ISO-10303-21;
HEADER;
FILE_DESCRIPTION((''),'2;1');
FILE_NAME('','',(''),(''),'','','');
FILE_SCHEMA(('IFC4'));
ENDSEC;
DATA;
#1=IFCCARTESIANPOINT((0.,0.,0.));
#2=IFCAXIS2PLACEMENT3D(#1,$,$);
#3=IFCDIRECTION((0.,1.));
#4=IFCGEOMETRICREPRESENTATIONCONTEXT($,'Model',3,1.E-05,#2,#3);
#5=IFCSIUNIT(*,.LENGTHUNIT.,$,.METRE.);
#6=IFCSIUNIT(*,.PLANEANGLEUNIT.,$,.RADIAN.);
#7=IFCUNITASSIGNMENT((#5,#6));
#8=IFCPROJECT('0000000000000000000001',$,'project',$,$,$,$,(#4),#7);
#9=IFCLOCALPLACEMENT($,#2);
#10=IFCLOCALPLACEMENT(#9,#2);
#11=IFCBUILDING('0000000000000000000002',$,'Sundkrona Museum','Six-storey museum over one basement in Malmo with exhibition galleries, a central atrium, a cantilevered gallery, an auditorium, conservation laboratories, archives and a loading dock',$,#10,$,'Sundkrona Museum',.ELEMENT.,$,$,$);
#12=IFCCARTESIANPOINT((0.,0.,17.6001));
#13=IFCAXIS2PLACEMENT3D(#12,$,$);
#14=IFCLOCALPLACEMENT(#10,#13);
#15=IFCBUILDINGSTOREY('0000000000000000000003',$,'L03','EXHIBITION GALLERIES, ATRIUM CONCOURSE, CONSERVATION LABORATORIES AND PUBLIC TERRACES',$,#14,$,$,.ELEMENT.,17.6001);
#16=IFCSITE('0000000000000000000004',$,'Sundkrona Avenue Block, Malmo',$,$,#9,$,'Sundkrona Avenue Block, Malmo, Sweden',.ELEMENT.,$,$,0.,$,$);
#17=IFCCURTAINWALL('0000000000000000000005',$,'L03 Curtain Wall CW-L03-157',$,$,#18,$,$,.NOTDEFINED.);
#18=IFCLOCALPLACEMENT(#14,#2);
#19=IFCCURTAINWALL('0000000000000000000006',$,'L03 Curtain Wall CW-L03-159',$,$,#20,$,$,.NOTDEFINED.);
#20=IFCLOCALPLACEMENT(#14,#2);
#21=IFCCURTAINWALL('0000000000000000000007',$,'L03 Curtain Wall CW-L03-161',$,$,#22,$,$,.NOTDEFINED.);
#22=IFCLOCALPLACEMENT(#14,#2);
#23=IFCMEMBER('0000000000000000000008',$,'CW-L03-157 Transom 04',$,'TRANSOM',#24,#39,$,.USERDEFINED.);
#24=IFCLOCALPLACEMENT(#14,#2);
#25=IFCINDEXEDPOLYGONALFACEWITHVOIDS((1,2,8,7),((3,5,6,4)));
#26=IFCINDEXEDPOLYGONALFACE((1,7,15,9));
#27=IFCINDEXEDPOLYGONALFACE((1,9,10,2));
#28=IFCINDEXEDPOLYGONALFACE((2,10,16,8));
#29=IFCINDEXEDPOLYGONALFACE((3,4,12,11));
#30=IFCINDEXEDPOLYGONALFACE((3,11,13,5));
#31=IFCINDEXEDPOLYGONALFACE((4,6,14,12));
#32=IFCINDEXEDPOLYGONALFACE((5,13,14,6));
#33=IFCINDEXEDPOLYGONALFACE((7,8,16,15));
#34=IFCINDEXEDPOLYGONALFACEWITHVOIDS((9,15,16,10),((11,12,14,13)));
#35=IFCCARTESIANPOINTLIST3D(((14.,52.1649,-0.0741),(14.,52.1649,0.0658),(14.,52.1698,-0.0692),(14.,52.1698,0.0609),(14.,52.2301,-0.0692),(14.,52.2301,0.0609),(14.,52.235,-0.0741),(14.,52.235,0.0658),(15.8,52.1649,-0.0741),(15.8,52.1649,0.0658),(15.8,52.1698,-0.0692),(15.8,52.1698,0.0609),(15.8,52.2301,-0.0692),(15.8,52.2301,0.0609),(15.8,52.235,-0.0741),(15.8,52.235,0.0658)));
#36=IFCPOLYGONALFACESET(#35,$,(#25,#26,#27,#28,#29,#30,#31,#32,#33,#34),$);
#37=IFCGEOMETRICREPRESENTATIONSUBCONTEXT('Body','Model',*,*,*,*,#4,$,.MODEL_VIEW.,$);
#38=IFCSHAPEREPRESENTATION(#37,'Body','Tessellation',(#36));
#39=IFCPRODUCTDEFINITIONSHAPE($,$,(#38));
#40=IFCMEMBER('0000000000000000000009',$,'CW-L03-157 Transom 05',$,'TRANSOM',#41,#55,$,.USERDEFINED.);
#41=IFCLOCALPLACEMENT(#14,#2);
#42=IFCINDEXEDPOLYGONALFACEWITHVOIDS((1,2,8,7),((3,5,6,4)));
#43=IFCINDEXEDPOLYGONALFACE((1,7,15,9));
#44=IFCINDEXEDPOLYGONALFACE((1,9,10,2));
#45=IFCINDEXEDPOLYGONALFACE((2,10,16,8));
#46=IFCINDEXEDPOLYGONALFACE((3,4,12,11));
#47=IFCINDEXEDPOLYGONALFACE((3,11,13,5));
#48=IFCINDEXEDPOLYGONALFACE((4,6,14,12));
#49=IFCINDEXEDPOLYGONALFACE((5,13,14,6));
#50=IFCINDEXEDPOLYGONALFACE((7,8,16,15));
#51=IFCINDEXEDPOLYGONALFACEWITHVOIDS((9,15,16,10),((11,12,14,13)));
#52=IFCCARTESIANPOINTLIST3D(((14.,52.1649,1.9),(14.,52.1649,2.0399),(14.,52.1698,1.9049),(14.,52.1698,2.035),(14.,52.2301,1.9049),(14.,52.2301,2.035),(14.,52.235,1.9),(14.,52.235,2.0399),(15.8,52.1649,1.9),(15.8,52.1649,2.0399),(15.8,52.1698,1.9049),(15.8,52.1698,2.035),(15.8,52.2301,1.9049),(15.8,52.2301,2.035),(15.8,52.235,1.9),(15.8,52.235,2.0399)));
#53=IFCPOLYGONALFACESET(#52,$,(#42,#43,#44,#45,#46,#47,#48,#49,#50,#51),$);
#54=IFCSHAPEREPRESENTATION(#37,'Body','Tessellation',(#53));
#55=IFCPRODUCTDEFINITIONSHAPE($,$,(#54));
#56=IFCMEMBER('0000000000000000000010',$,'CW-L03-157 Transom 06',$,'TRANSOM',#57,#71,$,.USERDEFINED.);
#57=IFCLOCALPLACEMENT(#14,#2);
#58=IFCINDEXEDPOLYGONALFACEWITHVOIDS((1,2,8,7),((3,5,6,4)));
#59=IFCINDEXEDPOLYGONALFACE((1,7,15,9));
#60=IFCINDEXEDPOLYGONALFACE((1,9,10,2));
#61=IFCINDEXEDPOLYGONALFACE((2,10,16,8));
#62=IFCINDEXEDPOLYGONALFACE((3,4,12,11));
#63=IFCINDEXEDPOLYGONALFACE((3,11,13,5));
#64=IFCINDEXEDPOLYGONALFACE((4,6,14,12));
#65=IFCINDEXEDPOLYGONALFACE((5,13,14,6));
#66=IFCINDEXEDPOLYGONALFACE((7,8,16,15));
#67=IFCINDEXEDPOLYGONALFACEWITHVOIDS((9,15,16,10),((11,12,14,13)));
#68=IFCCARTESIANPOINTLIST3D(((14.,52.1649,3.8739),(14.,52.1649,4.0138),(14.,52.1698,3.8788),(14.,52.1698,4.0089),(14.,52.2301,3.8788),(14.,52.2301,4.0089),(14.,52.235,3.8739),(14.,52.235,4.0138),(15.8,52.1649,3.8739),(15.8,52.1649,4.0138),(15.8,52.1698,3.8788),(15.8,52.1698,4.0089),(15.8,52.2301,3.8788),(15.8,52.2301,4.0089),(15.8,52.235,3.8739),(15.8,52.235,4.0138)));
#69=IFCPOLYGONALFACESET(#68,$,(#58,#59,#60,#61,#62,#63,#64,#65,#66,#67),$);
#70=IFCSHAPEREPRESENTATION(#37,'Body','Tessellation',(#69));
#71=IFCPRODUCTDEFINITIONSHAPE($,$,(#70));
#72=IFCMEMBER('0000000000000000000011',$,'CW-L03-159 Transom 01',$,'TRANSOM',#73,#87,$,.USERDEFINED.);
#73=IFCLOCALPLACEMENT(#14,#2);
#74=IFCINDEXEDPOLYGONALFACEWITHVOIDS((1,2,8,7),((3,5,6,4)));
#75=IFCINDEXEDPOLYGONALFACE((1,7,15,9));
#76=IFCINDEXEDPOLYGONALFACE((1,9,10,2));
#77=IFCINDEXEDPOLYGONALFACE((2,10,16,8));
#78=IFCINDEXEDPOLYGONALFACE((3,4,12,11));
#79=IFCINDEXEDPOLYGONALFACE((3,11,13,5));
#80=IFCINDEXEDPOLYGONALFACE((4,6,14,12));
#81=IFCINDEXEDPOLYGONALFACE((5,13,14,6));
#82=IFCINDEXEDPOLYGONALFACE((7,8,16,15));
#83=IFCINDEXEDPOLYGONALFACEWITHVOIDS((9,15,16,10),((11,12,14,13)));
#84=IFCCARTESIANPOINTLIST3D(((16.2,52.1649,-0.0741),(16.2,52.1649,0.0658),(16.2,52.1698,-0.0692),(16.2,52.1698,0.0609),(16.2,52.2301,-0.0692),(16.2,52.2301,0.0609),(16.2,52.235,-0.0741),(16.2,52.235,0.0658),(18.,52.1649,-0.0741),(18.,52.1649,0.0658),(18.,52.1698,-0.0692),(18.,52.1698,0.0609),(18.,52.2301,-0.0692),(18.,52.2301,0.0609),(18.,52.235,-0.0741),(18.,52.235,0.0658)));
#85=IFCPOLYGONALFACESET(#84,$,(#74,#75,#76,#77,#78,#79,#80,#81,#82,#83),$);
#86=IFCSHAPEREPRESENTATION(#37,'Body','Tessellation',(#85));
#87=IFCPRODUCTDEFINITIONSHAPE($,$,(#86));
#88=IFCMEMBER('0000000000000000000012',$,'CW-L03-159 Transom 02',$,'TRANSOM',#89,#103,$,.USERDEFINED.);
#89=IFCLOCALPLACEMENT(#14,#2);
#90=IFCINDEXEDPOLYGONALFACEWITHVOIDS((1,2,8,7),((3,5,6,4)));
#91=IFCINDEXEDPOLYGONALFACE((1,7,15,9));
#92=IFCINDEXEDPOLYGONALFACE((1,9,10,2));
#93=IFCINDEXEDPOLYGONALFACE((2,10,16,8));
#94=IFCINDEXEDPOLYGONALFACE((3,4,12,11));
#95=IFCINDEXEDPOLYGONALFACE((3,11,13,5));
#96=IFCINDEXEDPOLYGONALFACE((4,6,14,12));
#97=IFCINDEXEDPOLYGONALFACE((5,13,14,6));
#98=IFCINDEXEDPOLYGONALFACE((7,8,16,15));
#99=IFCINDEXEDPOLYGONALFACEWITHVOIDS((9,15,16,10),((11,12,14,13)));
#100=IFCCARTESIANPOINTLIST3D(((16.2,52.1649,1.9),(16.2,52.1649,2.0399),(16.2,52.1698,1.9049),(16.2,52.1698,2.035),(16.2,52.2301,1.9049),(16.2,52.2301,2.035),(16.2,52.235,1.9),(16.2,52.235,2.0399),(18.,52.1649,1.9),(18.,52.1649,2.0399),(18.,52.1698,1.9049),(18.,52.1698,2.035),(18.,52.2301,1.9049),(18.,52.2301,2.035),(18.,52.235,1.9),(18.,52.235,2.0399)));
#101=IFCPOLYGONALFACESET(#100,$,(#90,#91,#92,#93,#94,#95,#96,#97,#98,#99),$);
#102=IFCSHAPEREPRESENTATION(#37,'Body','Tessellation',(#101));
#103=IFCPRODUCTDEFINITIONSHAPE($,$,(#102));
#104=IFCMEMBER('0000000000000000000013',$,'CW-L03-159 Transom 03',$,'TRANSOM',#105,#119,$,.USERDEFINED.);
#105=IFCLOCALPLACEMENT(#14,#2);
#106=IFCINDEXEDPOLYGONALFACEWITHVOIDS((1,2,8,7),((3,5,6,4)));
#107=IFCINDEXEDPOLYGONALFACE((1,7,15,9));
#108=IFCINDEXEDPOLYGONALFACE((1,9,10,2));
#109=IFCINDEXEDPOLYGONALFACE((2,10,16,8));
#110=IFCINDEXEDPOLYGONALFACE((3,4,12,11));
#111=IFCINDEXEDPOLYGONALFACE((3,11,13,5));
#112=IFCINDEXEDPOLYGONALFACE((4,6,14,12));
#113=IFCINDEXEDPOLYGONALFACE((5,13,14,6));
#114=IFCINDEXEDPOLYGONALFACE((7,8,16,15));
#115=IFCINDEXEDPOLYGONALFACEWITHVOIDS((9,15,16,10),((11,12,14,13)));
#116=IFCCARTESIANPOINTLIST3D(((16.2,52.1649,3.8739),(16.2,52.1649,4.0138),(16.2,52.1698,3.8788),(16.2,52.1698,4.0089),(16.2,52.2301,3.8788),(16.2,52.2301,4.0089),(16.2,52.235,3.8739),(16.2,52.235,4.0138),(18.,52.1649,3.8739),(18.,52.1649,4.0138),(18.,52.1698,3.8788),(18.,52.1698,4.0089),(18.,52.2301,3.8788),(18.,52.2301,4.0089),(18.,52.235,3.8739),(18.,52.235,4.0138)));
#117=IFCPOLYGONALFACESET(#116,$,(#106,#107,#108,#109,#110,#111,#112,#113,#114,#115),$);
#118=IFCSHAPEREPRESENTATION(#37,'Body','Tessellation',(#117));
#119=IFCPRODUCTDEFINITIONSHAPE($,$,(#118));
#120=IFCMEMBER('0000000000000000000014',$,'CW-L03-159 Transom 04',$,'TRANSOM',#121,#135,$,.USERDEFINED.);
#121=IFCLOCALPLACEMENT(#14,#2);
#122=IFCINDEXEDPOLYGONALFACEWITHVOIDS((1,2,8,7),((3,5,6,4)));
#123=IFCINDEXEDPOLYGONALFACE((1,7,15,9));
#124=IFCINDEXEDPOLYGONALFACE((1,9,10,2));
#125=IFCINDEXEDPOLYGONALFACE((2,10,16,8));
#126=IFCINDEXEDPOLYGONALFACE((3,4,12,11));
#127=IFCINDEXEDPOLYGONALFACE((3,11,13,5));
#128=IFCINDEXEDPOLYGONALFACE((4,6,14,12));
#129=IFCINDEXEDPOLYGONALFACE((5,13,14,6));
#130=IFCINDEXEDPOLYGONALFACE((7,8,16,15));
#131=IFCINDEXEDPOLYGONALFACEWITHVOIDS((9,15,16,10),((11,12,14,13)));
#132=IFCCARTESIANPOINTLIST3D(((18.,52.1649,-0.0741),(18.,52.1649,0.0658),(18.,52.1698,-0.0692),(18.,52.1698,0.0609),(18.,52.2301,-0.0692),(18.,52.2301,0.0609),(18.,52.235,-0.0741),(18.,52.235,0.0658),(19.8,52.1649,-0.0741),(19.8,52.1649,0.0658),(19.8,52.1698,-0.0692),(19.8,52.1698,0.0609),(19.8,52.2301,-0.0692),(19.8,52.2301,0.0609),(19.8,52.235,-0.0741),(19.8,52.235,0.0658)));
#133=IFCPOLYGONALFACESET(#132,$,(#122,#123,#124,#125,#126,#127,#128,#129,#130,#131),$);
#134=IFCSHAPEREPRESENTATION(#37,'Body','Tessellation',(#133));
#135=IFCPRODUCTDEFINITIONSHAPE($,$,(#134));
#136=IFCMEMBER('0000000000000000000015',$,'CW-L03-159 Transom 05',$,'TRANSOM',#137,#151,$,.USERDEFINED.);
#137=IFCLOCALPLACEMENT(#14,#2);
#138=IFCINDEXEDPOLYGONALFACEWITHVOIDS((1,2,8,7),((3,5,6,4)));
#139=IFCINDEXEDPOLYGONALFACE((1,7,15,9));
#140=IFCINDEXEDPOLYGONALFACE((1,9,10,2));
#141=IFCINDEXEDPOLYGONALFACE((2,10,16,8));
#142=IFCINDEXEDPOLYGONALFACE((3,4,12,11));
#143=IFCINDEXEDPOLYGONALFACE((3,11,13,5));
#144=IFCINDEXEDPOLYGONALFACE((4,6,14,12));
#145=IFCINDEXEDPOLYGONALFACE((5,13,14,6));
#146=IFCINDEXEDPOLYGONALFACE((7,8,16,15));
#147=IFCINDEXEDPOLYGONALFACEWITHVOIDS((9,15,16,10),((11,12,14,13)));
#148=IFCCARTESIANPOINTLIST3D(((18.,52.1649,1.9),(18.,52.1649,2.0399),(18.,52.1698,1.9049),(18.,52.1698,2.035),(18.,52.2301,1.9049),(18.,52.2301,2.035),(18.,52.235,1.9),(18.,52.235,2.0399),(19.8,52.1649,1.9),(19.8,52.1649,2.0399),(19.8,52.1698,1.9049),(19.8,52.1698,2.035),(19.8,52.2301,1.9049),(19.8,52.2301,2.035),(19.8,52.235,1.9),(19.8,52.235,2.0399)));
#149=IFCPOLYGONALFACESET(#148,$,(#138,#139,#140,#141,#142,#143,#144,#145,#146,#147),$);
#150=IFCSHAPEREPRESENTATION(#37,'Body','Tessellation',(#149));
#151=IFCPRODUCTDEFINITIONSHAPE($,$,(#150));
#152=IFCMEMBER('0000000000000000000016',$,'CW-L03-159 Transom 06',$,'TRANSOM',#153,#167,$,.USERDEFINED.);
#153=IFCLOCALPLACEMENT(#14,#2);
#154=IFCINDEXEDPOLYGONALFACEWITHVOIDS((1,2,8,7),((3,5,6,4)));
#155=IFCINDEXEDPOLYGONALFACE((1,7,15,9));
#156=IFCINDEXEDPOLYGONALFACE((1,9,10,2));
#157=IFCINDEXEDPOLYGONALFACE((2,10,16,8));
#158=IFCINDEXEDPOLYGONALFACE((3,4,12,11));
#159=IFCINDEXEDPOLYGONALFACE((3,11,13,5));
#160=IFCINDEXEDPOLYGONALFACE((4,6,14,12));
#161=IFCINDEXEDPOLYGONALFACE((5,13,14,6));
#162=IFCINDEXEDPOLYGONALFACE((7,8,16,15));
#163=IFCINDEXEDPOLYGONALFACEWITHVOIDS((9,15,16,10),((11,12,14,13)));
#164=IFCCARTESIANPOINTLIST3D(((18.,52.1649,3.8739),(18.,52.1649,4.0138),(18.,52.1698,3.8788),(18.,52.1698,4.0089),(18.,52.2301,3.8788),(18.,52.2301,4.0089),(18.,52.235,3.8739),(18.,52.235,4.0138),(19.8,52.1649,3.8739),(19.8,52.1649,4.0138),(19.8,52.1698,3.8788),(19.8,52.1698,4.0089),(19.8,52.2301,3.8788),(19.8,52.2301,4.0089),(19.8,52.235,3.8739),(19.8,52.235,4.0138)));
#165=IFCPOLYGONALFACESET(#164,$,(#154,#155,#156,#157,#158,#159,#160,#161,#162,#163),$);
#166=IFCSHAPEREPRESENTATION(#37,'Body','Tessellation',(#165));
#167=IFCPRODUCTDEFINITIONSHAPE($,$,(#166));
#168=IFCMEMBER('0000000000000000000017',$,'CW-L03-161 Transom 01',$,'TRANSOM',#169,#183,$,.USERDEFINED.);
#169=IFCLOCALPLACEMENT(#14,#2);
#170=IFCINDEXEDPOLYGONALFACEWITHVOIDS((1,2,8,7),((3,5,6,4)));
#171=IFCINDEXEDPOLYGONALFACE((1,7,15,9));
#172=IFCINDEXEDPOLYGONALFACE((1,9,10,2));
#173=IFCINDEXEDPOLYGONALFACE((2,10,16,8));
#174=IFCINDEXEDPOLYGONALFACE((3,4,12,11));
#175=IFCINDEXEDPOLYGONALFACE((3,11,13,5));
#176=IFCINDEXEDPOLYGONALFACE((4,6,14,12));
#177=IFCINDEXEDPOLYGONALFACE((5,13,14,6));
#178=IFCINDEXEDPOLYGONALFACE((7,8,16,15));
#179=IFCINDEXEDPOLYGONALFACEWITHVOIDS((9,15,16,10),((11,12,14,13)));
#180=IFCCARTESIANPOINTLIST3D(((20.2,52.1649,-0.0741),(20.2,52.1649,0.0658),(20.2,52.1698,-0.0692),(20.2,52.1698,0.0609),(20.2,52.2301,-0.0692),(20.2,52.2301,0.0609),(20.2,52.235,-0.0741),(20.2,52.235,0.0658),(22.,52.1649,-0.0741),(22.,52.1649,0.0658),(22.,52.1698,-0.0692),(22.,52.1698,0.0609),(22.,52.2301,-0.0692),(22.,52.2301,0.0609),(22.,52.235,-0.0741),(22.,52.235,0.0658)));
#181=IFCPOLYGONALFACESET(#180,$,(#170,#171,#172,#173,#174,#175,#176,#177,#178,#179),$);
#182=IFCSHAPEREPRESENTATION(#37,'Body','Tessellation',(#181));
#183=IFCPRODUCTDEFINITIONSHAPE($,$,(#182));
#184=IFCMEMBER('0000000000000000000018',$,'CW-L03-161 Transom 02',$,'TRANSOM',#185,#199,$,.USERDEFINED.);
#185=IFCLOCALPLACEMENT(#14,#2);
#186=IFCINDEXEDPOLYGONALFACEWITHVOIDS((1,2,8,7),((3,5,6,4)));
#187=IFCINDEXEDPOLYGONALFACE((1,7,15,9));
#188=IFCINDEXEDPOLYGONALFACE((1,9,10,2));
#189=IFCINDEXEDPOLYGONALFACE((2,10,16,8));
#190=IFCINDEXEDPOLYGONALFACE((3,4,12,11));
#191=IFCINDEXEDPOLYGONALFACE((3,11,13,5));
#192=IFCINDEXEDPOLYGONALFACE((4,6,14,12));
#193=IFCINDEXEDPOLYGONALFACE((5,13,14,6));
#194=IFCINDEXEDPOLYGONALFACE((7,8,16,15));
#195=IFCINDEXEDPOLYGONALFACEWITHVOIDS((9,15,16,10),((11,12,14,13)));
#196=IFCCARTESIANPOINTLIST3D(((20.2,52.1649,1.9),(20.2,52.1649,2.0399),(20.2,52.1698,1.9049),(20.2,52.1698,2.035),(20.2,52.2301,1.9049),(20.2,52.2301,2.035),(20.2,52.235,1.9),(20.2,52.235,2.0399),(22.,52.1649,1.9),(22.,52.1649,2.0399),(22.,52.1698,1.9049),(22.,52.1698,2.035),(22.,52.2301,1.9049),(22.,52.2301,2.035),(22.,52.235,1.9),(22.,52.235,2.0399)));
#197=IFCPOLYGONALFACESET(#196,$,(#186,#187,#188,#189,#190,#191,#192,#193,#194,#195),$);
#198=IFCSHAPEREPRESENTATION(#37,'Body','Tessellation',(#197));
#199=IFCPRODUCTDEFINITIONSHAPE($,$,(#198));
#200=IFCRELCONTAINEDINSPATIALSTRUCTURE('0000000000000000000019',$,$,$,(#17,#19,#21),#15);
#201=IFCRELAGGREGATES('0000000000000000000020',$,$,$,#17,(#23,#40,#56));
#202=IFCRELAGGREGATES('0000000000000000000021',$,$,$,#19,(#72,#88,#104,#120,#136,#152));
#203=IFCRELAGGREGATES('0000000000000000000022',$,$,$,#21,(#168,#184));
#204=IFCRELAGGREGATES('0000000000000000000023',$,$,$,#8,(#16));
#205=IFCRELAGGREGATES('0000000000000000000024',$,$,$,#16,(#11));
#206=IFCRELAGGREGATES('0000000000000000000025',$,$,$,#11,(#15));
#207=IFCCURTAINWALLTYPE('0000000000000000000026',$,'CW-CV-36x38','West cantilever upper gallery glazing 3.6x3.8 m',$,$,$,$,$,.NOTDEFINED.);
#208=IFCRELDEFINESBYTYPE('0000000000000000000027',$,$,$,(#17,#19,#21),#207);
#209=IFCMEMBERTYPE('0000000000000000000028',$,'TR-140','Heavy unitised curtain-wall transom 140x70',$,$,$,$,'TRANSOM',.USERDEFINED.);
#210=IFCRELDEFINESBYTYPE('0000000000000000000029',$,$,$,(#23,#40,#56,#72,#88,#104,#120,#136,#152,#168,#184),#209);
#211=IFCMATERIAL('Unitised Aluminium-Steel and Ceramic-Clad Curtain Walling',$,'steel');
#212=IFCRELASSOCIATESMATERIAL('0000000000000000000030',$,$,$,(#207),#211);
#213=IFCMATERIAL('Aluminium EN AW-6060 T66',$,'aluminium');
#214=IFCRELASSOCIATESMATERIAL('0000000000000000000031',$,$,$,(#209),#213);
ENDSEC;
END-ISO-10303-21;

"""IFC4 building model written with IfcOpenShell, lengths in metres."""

from ifc_helpers import new_model, si_unit, direction, frame, origin, origin_2d, place, context, subcontext, project, spatial, hollow_rectangle, extrude, material, material_profile, profile_set, type_object, element, aggregate, save


model = new_model("IFC4")

# Units and contexts
model_context = context("Model", 3, precision=1e-05, world=origin(), true_north=direction((0.0, 1.0)))
body_context = subcontext(model_context, "Body", "Model", "MODEL_VIEW")
ifc_project = project(units=[si_unit("LENGTHUNIT", "METRE"), si_unit("PLANEANGLEUNIT", "RADIAN")], contexts=[model_context])

# Site, building, storey
site_placement = place(None, origin())
site = spatial("IfcSite", under=ifc_project, at=site_placement, Name="Sundkrona Avenue Block, Malmo", LongName="Sundkrona Avenue Block, Malmo, Sweden", CompositionType="ELEMENT", RefElevation=0.0)
building_placement = place(site_placement, origin())
building = spatial("IfcBuilding", under=site, at=building_placement, Name="Sundkrona Museum", Description="Six-storey museum over one basement in Malmo with exhibition galleries, a central atrium, a cantilevered gallery, an auditorium, conservation laboratories, archives and a loading dock", LongName="Sundkrona Museum", CompositionType="ELEMENT")
storey_placement = place(building_placement, frame((0.0, 0.0, 17.6001)))
storey = spatial("IfcBuildingStorey", under=building, at=storey_placement, Name="L03", Description="EXHIBITION GALLERIES, ATRIUM CONCOURSE, CONSERVATION LABORATORIES AND PUBLIC TERRACES", CompositionType="ELEMENT", Elevation=17.6001)

# Shared definitions
ifc_material_1 = material(Name="Unitised Aluminium-Steel and Ceramic-Clad Curtain Walling", Category="steel")
curtain_wall_type = type_object("IfcCurtainWallType", Name="CW-CV-36x38", Description="West cantilever upper gallery glazing 3.6x3.8 m", PredefinedType="NOTDEFINED", material=ifc_material_1)
ifc_material_2 = material(Name="Aluminium EN AW-6060 T66", Category="aluminium")

# Curtain walls
curtain_wall_1_placement = place(storey_placement, origin())
curtain_wall_1 = element("IfcCurtainWall", 1, at=curtain_wall_1_placement, inside=storey, type_object=curtain_wall_type, Name="L03 Curtain Wall CW-L03-157", PredefinedType="NOTDEFINED")
curtain_wall_2_placement = place(storey_placement, origin())
curtain_wall_2 = element("IfcCurtainWall", 2, at=curtain_wall_2_placement, inside=storey, type_object=curtain_wall_type, Name="L03 Curtain Wall CW-L03-159", PredefinedType="NOTDEFINED")

# Curtain wall
curtain_wall_3_placement = place(storey_placement, origin())
curtain_wall_3 = element("IfcCurtainWall", 3, at=curtain_wall_3_placement, inside=storey, type_object=curtain_wall_type, Name="L03 Curtain Wall CW-L03-161", PredefinedType="NOTDEFINED")

# Members
ifc_material_profile_1 = material_profile(ifc_material_2, hollow_rectangle(XDim=0.0701, YDim=0.1399, WallThickness=0.0049, at=origin_2d()), Name="RHS 140x70x5.0")
ifc_profile_set_1 = profile_set([ifc_material_profile_1], Name="Aluminium EN AW-6060 T66")
member_type_1 = type_object("IfcMemberType", Name="TR-140", Description="Heavy unitised curtain-wall transom 140x70", ElementType="TRANSOM", PredefinedType="USERDEFINED", material=ifc_profile_set_1)
member_1_placement = place(storey_placement, frame((14.0, 52.2, -0.0042), z_axis=(1.0, 0.0, 0.0), x_axis=(0.0, 1.0, 0.0)))
member_1 = element("IfcMember", 4, at=member_1_placement, type_object=member_type_1, Name="CW-L03-157 Transom 04", ObjectType="TRANSOM", PredefinedType="USERDEFINED", context=body_context, shape_type="SweptSolid", body=[
    extrude(hollow_rectangle(XDim=0.0701, YDim=0.1399, WallThickness=0.0049, at=origin_2d()), origin(), (0.0, 0.0, 1.0), 1.8),
])
member_2_placement = place(storey_placement, frame((14.0, 52.2, 1.97), z_axis=(1.0, 0.0, 0.0), x_axis=(0.0, 1.0, 0.0)))
member_2 = element("IfcMember", 5, at=member_2_placement, type_object=member_type_1, Name="CW-L03-157 Transom 05", ObjectType="TRANSOM", PredefinedType="USERDEFINED", context=body_context, shape_type="SweptSolid", body=[
    extrude(hollow_rectangle(XDim=0.0701, YDim=0.1399, WallThickness=0.0049, at=origin_2d()), origin(), (0.0, 0.0, 1.0), 1.8),
])
member_3_placement = place(storey_placement, frame((14.0, 52.2, 3.9438), z_axis=(1.0, 0.0, 0.0), x_axis=(0.0, 1.0, 0.0)))
member_3 = element("IfcMember", 6, at=member_3_placement, type_object=member_type_1, Name="CW-L03-157 Transom 06", ObjectType="TRANSOM", PredefinedType="USERDEFINED", context=body_context, shape_type="SweptSolid", body=[
    extrude(hollow_rectangle(XDim=0.0701, YDim=0.1399, WallThickness=0.0049, at=origin_2d()), origin(), (0.0, 0.0, 1.0), 1.8),
])
member_4_placement = place(storey_placement, frame((16.2, 52.2, -0.0042), z_axis=(1.0, 0.0, 0.0), x_axis=(0.0, 1.0, 0.0)))
member_4 = element("IfcMember", 7, at=member_4_placement, type_object=member_type_1, Name="CW-L03-159 Transom 01", ObjectType="TRANSOM", PredefinedType="USERDEFINED", context=body_context, shape_type="SweptSolid", body=[
    extrude(hollow_rectangle(XDim=0.0701, YDim=0.1399, WallThickness=0.0049, at=origin_2d()), origin(), (0.0, 0.0, 1.0), 1.8),
])
member_5_placement = place(storey_placement, frame((16.2, 52.2, 1.97), z_axis=(1.0, 0.0, 0.0), x_axis=(0.0, 1.0, 0.0)))
member_5 = element("IfcMember", 8, at=member_5_placement, type_object=member_type_1, Name="CW-L03-159 Transom 02", ObjectType="TRANSOM", PredefinedType="USERDEFINED", context=body_context, shape_type="SweptSolid", body=[
    extrude(hollow_rectangle(XDim=0.0701, YDim=0.1399, WallThickness=0.0049, at=origin_2d()), origin(), (0.0, 0.0, 1.0), 1.8),
])
member_6_placement = place(storey_placement, frame((16.2, 52.2, 3.9438), z_axis=(1.0, 0.0, 0.0), x_axis=(0.0, 1.0, 0.0)))
member_6 = element("IfcMember", 9, at=member_6_placement, type_object=member_type_1, Name="CW-L03-159 Transom 03", ObjectType="TRANSOM", PredefinedType="USERDEFINED", context=body_context, shape_type="SweptSolid", body=[
    extrude(hollow_rectangle(XDim=0.0701, YDim=0.1399, WallThickness=0.0049, at=origin_2d()), origin(), (0.0, 0.0, 1.0), 1.8),
])
member_7_placement = place(storey_placement, frame((18.0, 52.2, -0.0042), z_axis=(1.0, 0.0, 0.0), x_axis=(0.0, 1.0, 0.0)))
member_7 = element("IfcMember", 10, at=member_7_placement, type_object=member_type_1, Name="CW-L03-159 Transom 04", ObjectType="TRANSOM", PredefinedType="USERDEFINED", context=body_context, shape_type="SweptSolid", body=[
    extrude(hollow_rectangle(XDim=0.0701, YDim=0.1399, WallThickness=0.0049, at=origin_2d()), origin(), (0.0, 0.0, 1.0), 1.8),
])
member_8_placement = place(storey_placement, frame((18.0, 52.2, 1.97), z_axis=(1.0, 0.0, 0.0), x_axis=(0.0, 1.0, 0.0)))
member_8 = element("IfcMember", 11, at=member_8_placement, type_object=member_type_1, Name="CW-L03-159 Transom 05", ObjectType="TRANSOM", PredefinedType="USERDEFINED", context=body_context, shape_type="SweptSolid", body=[
    extrude(hollow_rectangle(XDim=0.0701, YDim=0.1399, WallThickness=0.0049, at=origin_2d()), origin(), (0.0, 0.0, 1.0), 1.8),
])
member_9_placement = place(storey_placement, frame((18.0, 52.2, 3.9438), z_axis=(1.0, 0.0, 0.0), x_axis=(0.0, 1.0, 0.0)))
member_9 = element("IfcMember", 12, at=member_9_placement, type_object=member_type_1, Name="CW-L03-159 Transom 06", ObjectType="TRANSOM", PredefinedType="USERDEFINED", context=body_context, shape_type="SweptSolid", body=[
    extrude(hollow_rectangle(XDim=0.0701, YDim=0.1399, WallThickness=0.0049, at=origin_2d()), origin(), (0.0, 0.0, 1.0), 1.8),
])
member_10_placement = place(storey_placement, frame((20.2, 52.2, -0.0042), z_axis=(1.0, 0.0, 0.0), x_axis=(0.0, 1.0, 0.0)))
member_10 = element("IfcMember", 13, at=member_10_placement, type_object=member_type_1, Name="CW-L03-161 Transom 01", ObjectType="TRANSOM", PredefinedType="USERDEFINED", context=body_context, shape_type="SweptSolid", body=[
    extrude(hollow_rectangle(XDim=0.0701, YDim=0.1399, WallThickness=0.0049, at=origin_2d()), origin(), (0.0, 0.0, 1.0), 1.8),
])
member_11_placement = place(storey_placement, frame((20.2, 52.2, 1.97), z_axis=(1.0, 0.0, 0.0), x_axis=(0.0, 1.0, 0.0)))
member_11 = element("IfcMember", 14, at=member_11_placement, type_object=member_type_1, Name="CW-L03-161 Transom 02", ObjectType="TRANSOM", PredefinedType="USERDEFINED", context=body_context, shape_type="SweptSolid", body=[
    extrude(hollow_rectangle(XDim=0.0701, YDim=0.1399, WallThickness=0.0049, at=origin_2d()), origin(), (0.0, 0.0, 1.0), 1.8),
])

aggregate(curtain_wall_1, [member_1, member_2, member_3])
aggregate(curtain_wall_2, [member_4, member_5, member_6, member_7, member_8, member_9])
aggregate(curtain_wall_3, [member_10, member_11])

save(model, "model.ifc")
